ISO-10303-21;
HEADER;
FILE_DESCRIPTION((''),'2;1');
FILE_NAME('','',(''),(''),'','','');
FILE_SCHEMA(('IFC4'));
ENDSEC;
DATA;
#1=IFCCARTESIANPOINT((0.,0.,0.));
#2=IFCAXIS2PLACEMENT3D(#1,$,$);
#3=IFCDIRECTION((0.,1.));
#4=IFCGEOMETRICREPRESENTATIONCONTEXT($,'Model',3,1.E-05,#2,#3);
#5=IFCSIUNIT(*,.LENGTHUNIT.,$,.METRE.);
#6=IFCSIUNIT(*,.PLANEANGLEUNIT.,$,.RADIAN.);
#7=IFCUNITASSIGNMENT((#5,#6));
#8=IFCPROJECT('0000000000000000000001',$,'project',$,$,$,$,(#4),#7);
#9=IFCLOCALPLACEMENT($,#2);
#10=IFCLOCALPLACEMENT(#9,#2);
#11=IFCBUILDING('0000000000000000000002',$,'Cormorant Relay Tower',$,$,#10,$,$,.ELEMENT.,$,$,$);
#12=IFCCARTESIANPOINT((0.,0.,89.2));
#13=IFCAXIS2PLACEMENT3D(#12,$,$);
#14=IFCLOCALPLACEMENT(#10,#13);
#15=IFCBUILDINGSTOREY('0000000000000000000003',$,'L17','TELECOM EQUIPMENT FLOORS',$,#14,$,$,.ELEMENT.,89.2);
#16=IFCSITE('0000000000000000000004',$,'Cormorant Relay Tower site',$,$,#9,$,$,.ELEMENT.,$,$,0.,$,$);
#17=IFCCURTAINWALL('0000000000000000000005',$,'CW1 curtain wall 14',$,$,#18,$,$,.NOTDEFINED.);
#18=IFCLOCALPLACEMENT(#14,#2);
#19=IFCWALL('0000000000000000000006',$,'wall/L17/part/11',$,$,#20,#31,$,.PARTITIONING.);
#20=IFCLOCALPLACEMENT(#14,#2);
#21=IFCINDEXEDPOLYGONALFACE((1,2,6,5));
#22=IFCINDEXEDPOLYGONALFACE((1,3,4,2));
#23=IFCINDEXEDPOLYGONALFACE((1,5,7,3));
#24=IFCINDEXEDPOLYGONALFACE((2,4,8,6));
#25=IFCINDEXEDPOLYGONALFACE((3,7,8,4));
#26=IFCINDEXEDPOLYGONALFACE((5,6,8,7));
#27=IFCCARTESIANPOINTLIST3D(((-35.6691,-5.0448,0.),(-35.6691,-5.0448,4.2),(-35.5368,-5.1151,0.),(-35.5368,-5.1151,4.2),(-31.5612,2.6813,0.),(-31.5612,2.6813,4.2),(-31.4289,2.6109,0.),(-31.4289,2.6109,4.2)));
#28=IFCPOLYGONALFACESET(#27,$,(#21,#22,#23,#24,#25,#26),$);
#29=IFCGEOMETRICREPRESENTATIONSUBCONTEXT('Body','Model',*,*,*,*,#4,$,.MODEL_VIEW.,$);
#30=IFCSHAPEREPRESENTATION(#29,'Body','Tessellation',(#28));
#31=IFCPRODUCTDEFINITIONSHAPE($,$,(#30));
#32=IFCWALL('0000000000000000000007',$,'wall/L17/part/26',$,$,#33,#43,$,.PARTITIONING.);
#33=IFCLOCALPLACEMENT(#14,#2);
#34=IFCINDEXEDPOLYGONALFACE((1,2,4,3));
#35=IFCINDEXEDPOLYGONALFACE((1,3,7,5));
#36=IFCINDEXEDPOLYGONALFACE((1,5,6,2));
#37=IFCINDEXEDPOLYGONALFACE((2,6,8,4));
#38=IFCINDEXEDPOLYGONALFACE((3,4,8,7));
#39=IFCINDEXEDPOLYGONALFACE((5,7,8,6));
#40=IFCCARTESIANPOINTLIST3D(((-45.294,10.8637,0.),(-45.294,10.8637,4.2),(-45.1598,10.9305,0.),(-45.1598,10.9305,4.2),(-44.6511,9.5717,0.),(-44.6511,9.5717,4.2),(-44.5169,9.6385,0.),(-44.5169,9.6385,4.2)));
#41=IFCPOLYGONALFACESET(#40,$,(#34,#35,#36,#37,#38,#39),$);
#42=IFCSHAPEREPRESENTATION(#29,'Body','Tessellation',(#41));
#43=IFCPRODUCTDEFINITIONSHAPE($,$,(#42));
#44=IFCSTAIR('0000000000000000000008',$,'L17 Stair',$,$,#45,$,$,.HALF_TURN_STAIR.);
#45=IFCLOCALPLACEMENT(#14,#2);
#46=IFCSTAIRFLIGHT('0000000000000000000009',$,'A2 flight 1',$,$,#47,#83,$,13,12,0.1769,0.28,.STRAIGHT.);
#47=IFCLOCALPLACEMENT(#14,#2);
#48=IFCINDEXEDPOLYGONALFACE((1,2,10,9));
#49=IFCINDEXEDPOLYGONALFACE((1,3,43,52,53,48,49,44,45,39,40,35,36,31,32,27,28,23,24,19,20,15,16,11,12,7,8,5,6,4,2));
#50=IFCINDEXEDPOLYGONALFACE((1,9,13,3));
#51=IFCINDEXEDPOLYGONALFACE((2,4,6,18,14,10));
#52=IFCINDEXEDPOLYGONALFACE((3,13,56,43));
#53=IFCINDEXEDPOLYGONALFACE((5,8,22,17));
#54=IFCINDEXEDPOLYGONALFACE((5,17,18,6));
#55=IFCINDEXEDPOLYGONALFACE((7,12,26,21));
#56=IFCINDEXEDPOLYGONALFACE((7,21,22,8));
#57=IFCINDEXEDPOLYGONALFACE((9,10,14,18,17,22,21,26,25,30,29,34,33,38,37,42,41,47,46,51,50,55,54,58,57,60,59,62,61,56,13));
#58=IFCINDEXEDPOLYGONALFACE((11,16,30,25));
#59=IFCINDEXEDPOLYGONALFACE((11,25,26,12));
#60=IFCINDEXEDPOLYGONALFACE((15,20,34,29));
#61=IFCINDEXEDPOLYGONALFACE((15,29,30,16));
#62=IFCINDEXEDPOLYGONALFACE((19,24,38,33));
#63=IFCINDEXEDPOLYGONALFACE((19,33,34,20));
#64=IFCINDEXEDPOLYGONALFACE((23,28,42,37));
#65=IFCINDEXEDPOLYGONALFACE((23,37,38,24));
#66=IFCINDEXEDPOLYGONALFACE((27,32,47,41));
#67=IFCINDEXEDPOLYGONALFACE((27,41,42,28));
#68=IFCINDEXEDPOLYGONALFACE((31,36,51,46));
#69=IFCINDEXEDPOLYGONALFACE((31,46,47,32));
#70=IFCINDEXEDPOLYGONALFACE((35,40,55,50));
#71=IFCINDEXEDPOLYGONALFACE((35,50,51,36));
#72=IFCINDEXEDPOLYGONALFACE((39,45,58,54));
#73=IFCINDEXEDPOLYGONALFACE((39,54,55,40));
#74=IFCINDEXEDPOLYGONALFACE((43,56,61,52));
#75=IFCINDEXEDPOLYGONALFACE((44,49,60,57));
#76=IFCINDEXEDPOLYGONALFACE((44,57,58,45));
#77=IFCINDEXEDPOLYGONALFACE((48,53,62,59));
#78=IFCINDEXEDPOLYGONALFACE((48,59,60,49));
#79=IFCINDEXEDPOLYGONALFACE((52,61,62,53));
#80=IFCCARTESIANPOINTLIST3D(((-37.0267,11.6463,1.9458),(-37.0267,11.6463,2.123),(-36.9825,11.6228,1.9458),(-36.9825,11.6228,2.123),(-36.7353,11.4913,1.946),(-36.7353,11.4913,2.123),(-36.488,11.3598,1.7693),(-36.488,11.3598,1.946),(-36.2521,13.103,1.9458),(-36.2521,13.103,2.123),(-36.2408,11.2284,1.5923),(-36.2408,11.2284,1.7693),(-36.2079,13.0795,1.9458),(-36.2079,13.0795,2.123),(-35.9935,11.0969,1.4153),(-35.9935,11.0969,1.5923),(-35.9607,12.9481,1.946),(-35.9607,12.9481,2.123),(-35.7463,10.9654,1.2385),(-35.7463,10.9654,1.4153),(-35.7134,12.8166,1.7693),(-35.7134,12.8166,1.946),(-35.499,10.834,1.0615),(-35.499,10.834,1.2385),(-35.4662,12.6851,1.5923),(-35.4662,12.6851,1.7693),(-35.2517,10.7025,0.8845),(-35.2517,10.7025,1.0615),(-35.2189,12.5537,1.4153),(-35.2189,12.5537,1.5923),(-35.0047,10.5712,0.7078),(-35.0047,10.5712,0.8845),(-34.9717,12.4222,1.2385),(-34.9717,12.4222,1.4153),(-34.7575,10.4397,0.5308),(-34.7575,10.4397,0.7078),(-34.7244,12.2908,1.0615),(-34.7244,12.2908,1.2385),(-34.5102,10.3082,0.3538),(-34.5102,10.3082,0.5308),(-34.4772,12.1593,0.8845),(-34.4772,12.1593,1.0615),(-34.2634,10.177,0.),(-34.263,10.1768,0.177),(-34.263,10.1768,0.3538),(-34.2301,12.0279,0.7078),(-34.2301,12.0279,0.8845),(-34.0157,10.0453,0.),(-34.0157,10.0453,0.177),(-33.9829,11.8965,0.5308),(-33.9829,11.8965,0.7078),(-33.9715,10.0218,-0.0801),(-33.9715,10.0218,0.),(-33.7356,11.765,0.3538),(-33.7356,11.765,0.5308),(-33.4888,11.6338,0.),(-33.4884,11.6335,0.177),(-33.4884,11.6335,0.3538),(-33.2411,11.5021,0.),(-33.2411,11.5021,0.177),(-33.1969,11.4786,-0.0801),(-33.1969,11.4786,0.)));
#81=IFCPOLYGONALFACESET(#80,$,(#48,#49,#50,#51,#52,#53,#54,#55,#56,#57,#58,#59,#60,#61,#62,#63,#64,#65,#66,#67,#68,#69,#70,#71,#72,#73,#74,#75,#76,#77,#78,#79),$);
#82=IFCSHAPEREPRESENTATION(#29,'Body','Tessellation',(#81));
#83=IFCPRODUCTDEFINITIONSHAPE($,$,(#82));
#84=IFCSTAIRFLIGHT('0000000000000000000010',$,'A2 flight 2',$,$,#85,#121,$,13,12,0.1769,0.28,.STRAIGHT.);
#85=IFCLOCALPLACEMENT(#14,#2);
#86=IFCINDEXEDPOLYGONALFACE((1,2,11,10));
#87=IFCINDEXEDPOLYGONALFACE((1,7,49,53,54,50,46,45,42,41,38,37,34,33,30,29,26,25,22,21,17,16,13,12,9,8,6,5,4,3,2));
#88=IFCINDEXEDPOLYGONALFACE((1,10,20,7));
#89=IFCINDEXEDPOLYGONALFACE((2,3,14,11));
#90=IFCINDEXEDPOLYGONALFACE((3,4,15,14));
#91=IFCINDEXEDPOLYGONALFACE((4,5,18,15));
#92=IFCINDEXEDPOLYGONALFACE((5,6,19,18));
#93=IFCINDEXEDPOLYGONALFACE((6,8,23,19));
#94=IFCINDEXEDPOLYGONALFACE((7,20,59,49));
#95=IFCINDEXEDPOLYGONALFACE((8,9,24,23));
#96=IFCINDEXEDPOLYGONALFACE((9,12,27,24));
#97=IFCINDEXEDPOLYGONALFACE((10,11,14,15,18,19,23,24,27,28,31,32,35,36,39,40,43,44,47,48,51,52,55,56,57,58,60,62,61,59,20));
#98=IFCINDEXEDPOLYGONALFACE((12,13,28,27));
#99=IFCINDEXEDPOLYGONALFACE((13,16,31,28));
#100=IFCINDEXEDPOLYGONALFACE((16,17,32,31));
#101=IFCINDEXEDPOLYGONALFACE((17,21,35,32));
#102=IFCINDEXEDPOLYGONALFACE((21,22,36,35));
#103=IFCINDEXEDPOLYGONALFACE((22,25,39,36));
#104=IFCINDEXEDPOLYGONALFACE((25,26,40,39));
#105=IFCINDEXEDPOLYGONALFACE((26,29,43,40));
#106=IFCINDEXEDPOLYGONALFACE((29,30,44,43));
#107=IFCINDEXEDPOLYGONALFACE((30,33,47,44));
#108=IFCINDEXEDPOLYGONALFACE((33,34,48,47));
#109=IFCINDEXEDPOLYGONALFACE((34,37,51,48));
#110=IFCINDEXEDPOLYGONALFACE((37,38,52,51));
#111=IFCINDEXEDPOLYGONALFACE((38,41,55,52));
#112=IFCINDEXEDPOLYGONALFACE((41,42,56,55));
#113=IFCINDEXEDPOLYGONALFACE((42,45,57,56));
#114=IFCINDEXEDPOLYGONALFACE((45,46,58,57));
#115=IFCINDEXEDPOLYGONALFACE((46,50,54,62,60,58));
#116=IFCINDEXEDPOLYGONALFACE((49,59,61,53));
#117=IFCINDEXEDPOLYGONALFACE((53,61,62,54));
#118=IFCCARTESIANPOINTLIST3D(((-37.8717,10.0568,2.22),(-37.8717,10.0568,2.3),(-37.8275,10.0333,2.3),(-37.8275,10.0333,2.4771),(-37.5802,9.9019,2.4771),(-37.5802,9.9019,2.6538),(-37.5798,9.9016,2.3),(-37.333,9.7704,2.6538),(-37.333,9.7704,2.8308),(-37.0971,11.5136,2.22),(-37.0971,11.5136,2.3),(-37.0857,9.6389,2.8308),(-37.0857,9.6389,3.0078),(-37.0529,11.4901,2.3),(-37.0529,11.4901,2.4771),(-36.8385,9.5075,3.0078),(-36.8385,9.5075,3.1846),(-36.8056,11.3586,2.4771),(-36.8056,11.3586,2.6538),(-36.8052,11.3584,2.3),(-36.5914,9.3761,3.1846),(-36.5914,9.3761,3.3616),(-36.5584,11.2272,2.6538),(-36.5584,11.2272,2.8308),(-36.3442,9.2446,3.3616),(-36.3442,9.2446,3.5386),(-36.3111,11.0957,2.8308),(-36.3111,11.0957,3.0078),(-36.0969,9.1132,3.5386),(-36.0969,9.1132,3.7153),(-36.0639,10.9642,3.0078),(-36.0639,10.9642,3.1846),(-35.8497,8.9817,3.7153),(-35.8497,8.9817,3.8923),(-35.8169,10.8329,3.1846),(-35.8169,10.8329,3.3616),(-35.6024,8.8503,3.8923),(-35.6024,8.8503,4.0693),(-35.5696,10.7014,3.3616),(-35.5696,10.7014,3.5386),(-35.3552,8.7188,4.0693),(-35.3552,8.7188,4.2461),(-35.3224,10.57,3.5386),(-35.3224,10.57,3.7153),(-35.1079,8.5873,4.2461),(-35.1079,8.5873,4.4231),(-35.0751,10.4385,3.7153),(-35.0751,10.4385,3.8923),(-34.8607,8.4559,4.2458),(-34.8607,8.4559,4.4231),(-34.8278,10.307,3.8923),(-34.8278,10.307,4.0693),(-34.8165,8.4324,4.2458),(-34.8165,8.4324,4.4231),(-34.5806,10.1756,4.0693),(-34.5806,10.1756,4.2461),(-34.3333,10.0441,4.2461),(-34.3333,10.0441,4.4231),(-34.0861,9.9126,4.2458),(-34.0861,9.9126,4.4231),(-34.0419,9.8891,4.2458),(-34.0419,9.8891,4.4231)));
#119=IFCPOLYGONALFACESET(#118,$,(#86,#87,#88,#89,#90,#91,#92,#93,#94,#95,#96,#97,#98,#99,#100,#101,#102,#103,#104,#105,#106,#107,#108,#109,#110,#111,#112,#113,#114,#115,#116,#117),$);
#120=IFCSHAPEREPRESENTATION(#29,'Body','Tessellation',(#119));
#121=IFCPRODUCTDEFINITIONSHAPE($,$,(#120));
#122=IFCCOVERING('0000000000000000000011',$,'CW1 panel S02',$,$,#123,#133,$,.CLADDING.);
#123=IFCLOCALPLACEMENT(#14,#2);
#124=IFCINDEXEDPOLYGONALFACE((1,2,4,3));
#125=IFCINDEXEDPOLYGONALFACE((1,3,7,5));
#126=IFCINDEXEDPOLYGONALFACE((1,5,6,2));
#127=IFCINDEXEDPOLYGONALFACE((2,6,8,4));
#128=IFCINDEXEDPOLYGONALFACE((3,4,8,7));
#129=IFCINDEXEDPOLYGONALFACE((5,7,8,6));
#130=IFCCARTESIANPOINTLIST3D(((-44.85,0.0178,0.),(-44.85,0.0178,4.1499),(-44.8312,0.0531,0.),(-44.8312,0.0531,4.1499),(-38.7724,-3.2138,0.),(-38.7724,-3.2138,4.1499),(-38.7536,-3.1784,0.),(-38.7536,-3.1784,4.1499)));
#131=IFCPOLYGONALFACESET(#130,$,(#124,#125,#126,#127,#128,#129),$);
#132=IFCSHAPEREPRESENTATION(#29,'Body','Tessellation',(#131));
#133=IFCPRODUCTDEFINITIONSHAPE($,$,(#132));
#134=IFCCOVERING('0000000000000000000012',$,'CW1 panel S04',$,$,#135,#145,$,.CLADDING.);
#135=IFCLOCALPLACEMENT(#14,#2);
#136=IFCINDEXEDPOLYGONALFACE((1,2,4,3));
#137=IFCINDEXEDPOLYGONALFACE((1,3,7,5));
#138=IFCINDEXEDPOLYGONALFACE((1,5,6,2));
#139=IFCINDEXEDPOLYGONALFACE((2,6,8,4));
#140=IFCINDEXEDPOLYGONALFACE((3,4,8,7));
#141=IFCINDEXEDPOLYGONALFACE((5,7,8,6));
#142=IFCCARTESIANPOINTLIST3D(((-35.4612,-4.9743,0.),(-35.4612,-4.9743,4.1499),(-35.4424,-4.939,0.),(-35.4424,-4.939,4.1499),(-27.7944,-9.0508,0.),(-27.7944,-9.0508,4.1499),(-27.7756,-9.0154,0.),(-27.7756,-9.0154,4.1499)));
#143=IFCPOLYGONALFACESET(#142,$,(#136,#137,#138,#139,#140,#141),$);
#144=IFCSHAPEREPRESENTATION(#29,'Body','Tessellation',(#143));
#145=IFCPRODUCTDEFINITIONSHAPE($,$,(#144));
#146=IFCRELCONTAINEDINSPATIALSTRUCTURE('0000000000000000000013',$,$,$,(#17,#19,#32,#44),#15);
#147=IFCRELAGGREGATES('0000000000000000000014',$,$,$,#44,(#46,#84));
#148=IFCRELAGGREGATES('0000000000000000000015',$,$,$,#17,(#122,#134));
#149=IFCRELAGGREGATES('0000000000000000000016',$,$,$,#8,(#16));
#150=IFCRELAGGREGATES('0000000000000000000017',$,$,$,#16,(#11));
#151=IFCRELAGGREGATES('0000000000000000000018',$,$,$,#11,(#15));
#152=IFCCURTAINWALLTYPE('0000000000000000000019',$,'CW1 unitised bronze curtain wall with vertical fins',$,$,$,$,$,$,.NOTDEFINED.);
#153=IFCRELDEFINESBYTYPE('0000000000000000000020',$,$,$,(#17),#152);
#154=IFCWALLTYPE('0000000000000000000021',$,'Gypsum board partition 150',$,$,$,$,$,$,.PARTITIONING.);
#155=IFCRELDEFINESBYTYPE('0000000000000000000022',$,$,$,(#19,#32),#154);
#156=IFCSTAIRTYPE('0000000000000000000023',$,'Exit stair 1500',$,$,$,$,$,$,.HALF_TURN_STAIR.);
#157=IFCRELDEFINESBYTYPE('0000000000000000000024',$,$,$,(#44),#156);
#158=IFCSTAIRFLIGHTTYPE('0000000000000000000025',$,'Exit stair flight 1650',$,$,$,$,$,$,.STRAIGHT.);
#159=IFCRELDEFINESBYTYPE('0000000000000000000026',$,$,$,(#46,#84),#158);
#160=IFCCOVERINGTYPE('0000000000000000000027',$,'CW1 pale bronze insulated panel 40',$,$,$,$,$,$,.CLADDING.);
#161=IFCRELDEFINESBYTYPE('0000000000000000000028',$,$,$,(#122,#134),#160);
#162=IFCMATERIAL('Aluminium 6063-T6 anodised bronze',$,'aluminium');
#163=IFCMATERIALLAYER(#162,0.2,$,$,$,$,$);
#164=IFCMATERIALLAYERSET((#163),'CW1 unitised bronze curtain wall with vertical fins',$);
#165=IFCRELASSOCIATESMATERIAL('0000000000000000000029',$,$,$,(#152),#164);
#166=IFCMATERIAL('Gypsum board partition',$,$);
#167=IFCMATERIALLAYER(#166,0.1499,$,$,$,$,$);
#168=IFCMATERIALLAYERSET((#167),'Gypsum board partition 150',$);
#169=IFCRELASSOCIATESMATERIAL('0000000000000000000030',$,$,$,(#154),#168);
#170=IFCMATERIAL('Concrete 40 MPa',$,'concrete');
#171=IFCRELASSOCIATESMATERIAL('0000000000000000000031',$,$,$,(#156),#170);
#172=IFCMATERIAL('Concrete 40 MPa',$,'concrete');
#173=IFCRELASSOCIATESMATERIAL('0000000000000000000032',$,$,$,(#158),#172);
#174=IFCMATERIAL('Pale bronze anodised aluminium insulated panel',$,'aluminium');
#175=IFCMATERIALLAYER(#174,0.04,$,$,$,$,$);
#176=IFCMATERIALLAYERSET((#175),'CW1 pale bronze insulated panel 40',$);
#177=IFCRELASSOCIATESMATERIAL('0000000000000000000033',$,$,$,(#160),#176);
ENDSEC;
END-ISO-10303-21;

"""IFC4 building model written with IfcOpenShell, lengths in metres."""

from ifc_helpers import new_model, si_unit, direction, frame, frame_2d, origin, origin_2d, place, context, subcontext, project, spatial, polyline, rectangle, outline, extrude, material, layer, layer_set, type_object, element, aggregate, save


model = new_model("IFC4")

# Units and contexts
model_context = context("Model", 3, precision=1e-05, world=origin(), true_north=direction((0.0, 1.0)))
body_context = subcontext(model_context, "Body", "Model", "MODEL_VIEW")
ifc_project = project(units=[si_unit("LENGTHUNIT", "METRE"), si_unit("PLANEANGLEUNIT", "RADIAN")], contexts=[model_context])

# Site, building, storey
site_placement = place(None, origin())
site = spatial("IfcSite", under=ifc_project, at=site_placement, Name="Cormorant Relay Tower site", CompositionType="ELEMENT", RefElevation=0.0)
building_placement = place(site_placement, origin())
building = spatial("IfcBuilding", under=site, at=building_placement, Name="Cormorant Relay Tower", CompositionType="ELEMENT")
storey_placement = place(building_placement, frame((0.0, 0.0, 89.2)))
storey = spatial("IfcBuildingStorey", under=building, at=storey_placement, Name="L17", Description="TELECOM EQUIPMENT FLOORS", CompositionType="ELEMENT", Elevation=89.2)

# Curtain wall
ifc_material_1 = material(Name="Aluminium 6063-T6 anodised bronze", Category="aluminium")
ifc_layer_1 = layer(ifc_material_1, 0.2)
ifc_layer_set_1 = layer_set([ifc_layer_1], Name="CW1 unitised bronze curtain wall with vertical fins")
curtain_wall_type = type_object("IfcCurtainWallType", Name="CW1 unitised bronze curtain wall with vertical fins", PredefinedType="NOTDEFINED", material=ifc_layer_set_1)
curtain_wall_placement = place(storey_placement, origin())
curtain_wall = element("IfcCurtainWall", 1, at=curtain_wall_placement, inside=storey, type_object=curtain_wall_type, Name="CW1 curtain wall 14", PredefinedType="NOTDEFINED")

# Walls
ifc_material_2 = material(Name="Gypsum board partition")
ifc_layer_2 = layer(ifc_material_2, 0.1499)
ifc_layer_set_2 = layer_set([ifc_layer_2], Name="Gypsum board partition 150")
wall_type_1 = type_object("IfcWallType", Name="Gypsum board partition 150", PredefinedType="PARTITIONING", material=ifc_layer_set_2)
wall_1_placement = place(storey_placement, frame((-31.4951, 2.646, 0.0), z_axis=(0.0, 0.0, 1.0), x_axis=(-0.469461, -0.882953, 0.0)))
element("IfcWall", 2, at=wall_1_placement, inside=storey, type_object=wall_type_1, Name="wall/L17/part/11", PredefinedType="PARTITIONING", context=body_context, shape_type="SweptSolid", body=[
    extrude(rectangle(XDim=8.7502, YDim=0.1499, at=frame_2d((4.375, 0.0))), origin(), (0.0, 0.0, 1.0), 4.2),
])
wall_2_placement = place(storey_placement, frame((-44.584, 9.605, 0.0), z_axis=(0.0, 0.0, 1.0), x_axis=(-0.445453, 0.895305, 0.0)))
element("IfcWall", 3, at=wall_2_placement, inside=storey, type_object=wall_type_1, Name="wall/L17/part/26", PredefinedType="PARTITIONING", context=body_context, shape_type="SweptSolid", body=[
    extrude(rectangle(XDim=1.4431, YDim=0.1499, at=frame_2d((0.7217, 0.0))), origin(), (0.0, 0.0, 1.0), 4.2),
])

# Stair, stair flights
ifc_material_3 = material(Name="Concrete 40 MPa", Category="concrete")
stair_type = type_object("IfcStairType", Name="Exit stair 1500", PredefinedType="HALF_TURN_STAIR", material=ifc_material_3)
stair_placement = place(storey_placement, origin())
stair = element("IfcStair", 4, at=stair_placement, inside=storey, type_object=stair_type, Name="L17 Stair", PredefinedType="HALF_TURN_STAIR")
ifc_material_4 = material(Name="Concrete 40 MPa", Category="concrete")
stair_flight_type = type_object("IfcStairFlightType", Name="Exit stair flight 1650", PredefinedType="STRAIGHT", material=ifc_material_4)
stair_flight_1_placement = place(storey_placement, frame((-33.6284, 10.7737, 0.0), z_axis=(0.0, 0.0, 1.0), x_axis=(-0.882948, 0.469472, 0.0)))
stair_flight_1 = element("IfcStairFlight", 5, at=stair_flight_1_placement, type_object=stair_flight_type, Name="A2 flight 1", NumberOfRisers=13, NumberOfTreads=12, PredefinedType="STRAIGHT", RiserHeight=0.1769, TreadLength=0.28, context=body_context, shape_type="SweptSolid", body=[
    extrude(outline(polyline([(-0.05, -0.0801), (-0.05, 0.0), (0.0, 0.0), (0.0, 0.177), (0.28, 0.177), (0.28, 0.3538), (0.5601, 0.3538), (0.5601, 0.5308), (0.8401, 0.5308), (0.8401, 0.7078), (1.1201, 0.7078), (1.1201, 0.8845), (1.3999, 0.8845), (1.3999, 1.0615), (1.6799, 1.0615), (1.6799, 1.2385), (1.96, 1.2385), (1.96, 1.4153), (2.24, 1.4153), (2.24, 1.5923), (2.52, 1.5923), (2.52, 1.7693), (2.8, 1.7693), (2.8, 1.946), (3.0801, 1.946), (3.0801, 2.123), (3.3601, 2.123), (3.4102, 2.123), (3.4102, 1.9458), (3.3601, 1.9458), (0.2805, 0.0), (-0.05, -0.0801)])), frame((0.0, 0.825, 0.0), z_axis=(0.0, -1.0, 0.0), x_axis=(1.0, 0.0, 0.0)), (0.0, 0.0, 1.0), 1.6499),
])
stair_flight_2_placement = place(storey_placement, frame((-37.4402, 10.7617, 2.3), z_axis=(0.0, 0.0, 1.0), x_axis=(0.882948, -0.469472, 0.0)))
stair_flight_2 = element("IfcStairFlight", 6, at=stair_flight_2_placement, type_object=stair_flight_type, Name="A2 flight 2", NumberOfRisers=13, NumberOfTreads=12, PredefinedType="STRAIGHT", RiserHeight=0.1769, TreadLength=0.28, context=body_context, shape_type="SweptSolid", body=[
    extrude(outline(polyline([(-0.05, -0.0801), (-0.05, 0.0), (0.0, 0.0), (0.0, 0.177), (0.28, 0.177), (0.28, 0.3538), (0.5601, 0.3538), (0.5601, 0.5308), (0.8401, 0.5308), (0.8401, 0.7078), (1.1201, 0.7078), (1.1201, 0.8845), (1.3999, 0.8845), (1.3999, 1.0615), (1.6799, 1.0615), (1.6799, 1.2385), (1.96, 1.2385), (1.96, 1.4153), (2.24, 1.4153), (2.24, 1.5923), (2.52, 1.5923), (2.52, 1.7693), (2.8, 1.7693), (2.8, 1.946), (3.0801, 1.946), (3.0801, 2.123), (3.3601, 2.123), (3.4102, 2.123), (3.4102, 1.9458), (3.3601, 1.9458), (0.2805, 0.0), (-0.05, -0.0801)])), frame((0.0, 0.825, 0.0), z_axis=(0.0, -1.0, 0.0), x_axis=(1.0, 0.0, 0.0)), (0.0, 0.0, 1.0), 1.6499),
])
aggregate(stair, [stair_flight_1, stair_flight_2])

# Coverings
ifc_material_5 = material(Name="Pale bronze anodised aluminium insulated panel", Category="aluminium")
ifc_layer_3 = layer(ifc_material_5, 0.04)
ifc_layer_set_3 = layer_set([ifc_layer_3], Name="CW1 pale bronze insulated panel 40")
covering_type = type_object("IfcCoveringType", Name="CW1 pale bronze insulated panel 40", PredefinedType="CLADDING", material=ifc_layer_set_3)
covering_1_placement = place(storey_placement, frame((-41.8018, -1.5803, 0.0), z_axis=(0.0, 0.0, 1.0), x_axis=(0.882948, -0.469472, 0.0)))
covering_1 = element("IfcCovering", 7, at=covering_1_placement, type_object=covering_type, Name="CW1 panel S02", PredefinedType="CLADDING", context=body_context, shape_type="SweptSolid", body=[
    extrude(rectangle(XDim=6.8833, YDim=0.04, at=origin_2d()), origin(), (0.0, 0.0, 1.0), 4.1499),
])
covering_2_placement = place(storey_placement, frame((-31.6184, -6.9949, 0.0), z_axis=(0.0, 0.0, 1.0), x_axis=(0.882948, -0.469472, 0.0)))
covering_2 = element("IfcCovering", 8, at=covering_2_placement, type_object=covering_type, Name="CW1 panel S04", PredefinedType="CLADDING", context=body_context, shape_type="SweptSolid", body=[
    extrude(rectangle(XDim=8.6831, YDim=0.04, at=origin_2d()), origin(), (0.0, 0.0, 1.0), 4.1499),
])
aggregate(curtain_wall, [covering_1, covering_2])

save(model, "model.ifc")
